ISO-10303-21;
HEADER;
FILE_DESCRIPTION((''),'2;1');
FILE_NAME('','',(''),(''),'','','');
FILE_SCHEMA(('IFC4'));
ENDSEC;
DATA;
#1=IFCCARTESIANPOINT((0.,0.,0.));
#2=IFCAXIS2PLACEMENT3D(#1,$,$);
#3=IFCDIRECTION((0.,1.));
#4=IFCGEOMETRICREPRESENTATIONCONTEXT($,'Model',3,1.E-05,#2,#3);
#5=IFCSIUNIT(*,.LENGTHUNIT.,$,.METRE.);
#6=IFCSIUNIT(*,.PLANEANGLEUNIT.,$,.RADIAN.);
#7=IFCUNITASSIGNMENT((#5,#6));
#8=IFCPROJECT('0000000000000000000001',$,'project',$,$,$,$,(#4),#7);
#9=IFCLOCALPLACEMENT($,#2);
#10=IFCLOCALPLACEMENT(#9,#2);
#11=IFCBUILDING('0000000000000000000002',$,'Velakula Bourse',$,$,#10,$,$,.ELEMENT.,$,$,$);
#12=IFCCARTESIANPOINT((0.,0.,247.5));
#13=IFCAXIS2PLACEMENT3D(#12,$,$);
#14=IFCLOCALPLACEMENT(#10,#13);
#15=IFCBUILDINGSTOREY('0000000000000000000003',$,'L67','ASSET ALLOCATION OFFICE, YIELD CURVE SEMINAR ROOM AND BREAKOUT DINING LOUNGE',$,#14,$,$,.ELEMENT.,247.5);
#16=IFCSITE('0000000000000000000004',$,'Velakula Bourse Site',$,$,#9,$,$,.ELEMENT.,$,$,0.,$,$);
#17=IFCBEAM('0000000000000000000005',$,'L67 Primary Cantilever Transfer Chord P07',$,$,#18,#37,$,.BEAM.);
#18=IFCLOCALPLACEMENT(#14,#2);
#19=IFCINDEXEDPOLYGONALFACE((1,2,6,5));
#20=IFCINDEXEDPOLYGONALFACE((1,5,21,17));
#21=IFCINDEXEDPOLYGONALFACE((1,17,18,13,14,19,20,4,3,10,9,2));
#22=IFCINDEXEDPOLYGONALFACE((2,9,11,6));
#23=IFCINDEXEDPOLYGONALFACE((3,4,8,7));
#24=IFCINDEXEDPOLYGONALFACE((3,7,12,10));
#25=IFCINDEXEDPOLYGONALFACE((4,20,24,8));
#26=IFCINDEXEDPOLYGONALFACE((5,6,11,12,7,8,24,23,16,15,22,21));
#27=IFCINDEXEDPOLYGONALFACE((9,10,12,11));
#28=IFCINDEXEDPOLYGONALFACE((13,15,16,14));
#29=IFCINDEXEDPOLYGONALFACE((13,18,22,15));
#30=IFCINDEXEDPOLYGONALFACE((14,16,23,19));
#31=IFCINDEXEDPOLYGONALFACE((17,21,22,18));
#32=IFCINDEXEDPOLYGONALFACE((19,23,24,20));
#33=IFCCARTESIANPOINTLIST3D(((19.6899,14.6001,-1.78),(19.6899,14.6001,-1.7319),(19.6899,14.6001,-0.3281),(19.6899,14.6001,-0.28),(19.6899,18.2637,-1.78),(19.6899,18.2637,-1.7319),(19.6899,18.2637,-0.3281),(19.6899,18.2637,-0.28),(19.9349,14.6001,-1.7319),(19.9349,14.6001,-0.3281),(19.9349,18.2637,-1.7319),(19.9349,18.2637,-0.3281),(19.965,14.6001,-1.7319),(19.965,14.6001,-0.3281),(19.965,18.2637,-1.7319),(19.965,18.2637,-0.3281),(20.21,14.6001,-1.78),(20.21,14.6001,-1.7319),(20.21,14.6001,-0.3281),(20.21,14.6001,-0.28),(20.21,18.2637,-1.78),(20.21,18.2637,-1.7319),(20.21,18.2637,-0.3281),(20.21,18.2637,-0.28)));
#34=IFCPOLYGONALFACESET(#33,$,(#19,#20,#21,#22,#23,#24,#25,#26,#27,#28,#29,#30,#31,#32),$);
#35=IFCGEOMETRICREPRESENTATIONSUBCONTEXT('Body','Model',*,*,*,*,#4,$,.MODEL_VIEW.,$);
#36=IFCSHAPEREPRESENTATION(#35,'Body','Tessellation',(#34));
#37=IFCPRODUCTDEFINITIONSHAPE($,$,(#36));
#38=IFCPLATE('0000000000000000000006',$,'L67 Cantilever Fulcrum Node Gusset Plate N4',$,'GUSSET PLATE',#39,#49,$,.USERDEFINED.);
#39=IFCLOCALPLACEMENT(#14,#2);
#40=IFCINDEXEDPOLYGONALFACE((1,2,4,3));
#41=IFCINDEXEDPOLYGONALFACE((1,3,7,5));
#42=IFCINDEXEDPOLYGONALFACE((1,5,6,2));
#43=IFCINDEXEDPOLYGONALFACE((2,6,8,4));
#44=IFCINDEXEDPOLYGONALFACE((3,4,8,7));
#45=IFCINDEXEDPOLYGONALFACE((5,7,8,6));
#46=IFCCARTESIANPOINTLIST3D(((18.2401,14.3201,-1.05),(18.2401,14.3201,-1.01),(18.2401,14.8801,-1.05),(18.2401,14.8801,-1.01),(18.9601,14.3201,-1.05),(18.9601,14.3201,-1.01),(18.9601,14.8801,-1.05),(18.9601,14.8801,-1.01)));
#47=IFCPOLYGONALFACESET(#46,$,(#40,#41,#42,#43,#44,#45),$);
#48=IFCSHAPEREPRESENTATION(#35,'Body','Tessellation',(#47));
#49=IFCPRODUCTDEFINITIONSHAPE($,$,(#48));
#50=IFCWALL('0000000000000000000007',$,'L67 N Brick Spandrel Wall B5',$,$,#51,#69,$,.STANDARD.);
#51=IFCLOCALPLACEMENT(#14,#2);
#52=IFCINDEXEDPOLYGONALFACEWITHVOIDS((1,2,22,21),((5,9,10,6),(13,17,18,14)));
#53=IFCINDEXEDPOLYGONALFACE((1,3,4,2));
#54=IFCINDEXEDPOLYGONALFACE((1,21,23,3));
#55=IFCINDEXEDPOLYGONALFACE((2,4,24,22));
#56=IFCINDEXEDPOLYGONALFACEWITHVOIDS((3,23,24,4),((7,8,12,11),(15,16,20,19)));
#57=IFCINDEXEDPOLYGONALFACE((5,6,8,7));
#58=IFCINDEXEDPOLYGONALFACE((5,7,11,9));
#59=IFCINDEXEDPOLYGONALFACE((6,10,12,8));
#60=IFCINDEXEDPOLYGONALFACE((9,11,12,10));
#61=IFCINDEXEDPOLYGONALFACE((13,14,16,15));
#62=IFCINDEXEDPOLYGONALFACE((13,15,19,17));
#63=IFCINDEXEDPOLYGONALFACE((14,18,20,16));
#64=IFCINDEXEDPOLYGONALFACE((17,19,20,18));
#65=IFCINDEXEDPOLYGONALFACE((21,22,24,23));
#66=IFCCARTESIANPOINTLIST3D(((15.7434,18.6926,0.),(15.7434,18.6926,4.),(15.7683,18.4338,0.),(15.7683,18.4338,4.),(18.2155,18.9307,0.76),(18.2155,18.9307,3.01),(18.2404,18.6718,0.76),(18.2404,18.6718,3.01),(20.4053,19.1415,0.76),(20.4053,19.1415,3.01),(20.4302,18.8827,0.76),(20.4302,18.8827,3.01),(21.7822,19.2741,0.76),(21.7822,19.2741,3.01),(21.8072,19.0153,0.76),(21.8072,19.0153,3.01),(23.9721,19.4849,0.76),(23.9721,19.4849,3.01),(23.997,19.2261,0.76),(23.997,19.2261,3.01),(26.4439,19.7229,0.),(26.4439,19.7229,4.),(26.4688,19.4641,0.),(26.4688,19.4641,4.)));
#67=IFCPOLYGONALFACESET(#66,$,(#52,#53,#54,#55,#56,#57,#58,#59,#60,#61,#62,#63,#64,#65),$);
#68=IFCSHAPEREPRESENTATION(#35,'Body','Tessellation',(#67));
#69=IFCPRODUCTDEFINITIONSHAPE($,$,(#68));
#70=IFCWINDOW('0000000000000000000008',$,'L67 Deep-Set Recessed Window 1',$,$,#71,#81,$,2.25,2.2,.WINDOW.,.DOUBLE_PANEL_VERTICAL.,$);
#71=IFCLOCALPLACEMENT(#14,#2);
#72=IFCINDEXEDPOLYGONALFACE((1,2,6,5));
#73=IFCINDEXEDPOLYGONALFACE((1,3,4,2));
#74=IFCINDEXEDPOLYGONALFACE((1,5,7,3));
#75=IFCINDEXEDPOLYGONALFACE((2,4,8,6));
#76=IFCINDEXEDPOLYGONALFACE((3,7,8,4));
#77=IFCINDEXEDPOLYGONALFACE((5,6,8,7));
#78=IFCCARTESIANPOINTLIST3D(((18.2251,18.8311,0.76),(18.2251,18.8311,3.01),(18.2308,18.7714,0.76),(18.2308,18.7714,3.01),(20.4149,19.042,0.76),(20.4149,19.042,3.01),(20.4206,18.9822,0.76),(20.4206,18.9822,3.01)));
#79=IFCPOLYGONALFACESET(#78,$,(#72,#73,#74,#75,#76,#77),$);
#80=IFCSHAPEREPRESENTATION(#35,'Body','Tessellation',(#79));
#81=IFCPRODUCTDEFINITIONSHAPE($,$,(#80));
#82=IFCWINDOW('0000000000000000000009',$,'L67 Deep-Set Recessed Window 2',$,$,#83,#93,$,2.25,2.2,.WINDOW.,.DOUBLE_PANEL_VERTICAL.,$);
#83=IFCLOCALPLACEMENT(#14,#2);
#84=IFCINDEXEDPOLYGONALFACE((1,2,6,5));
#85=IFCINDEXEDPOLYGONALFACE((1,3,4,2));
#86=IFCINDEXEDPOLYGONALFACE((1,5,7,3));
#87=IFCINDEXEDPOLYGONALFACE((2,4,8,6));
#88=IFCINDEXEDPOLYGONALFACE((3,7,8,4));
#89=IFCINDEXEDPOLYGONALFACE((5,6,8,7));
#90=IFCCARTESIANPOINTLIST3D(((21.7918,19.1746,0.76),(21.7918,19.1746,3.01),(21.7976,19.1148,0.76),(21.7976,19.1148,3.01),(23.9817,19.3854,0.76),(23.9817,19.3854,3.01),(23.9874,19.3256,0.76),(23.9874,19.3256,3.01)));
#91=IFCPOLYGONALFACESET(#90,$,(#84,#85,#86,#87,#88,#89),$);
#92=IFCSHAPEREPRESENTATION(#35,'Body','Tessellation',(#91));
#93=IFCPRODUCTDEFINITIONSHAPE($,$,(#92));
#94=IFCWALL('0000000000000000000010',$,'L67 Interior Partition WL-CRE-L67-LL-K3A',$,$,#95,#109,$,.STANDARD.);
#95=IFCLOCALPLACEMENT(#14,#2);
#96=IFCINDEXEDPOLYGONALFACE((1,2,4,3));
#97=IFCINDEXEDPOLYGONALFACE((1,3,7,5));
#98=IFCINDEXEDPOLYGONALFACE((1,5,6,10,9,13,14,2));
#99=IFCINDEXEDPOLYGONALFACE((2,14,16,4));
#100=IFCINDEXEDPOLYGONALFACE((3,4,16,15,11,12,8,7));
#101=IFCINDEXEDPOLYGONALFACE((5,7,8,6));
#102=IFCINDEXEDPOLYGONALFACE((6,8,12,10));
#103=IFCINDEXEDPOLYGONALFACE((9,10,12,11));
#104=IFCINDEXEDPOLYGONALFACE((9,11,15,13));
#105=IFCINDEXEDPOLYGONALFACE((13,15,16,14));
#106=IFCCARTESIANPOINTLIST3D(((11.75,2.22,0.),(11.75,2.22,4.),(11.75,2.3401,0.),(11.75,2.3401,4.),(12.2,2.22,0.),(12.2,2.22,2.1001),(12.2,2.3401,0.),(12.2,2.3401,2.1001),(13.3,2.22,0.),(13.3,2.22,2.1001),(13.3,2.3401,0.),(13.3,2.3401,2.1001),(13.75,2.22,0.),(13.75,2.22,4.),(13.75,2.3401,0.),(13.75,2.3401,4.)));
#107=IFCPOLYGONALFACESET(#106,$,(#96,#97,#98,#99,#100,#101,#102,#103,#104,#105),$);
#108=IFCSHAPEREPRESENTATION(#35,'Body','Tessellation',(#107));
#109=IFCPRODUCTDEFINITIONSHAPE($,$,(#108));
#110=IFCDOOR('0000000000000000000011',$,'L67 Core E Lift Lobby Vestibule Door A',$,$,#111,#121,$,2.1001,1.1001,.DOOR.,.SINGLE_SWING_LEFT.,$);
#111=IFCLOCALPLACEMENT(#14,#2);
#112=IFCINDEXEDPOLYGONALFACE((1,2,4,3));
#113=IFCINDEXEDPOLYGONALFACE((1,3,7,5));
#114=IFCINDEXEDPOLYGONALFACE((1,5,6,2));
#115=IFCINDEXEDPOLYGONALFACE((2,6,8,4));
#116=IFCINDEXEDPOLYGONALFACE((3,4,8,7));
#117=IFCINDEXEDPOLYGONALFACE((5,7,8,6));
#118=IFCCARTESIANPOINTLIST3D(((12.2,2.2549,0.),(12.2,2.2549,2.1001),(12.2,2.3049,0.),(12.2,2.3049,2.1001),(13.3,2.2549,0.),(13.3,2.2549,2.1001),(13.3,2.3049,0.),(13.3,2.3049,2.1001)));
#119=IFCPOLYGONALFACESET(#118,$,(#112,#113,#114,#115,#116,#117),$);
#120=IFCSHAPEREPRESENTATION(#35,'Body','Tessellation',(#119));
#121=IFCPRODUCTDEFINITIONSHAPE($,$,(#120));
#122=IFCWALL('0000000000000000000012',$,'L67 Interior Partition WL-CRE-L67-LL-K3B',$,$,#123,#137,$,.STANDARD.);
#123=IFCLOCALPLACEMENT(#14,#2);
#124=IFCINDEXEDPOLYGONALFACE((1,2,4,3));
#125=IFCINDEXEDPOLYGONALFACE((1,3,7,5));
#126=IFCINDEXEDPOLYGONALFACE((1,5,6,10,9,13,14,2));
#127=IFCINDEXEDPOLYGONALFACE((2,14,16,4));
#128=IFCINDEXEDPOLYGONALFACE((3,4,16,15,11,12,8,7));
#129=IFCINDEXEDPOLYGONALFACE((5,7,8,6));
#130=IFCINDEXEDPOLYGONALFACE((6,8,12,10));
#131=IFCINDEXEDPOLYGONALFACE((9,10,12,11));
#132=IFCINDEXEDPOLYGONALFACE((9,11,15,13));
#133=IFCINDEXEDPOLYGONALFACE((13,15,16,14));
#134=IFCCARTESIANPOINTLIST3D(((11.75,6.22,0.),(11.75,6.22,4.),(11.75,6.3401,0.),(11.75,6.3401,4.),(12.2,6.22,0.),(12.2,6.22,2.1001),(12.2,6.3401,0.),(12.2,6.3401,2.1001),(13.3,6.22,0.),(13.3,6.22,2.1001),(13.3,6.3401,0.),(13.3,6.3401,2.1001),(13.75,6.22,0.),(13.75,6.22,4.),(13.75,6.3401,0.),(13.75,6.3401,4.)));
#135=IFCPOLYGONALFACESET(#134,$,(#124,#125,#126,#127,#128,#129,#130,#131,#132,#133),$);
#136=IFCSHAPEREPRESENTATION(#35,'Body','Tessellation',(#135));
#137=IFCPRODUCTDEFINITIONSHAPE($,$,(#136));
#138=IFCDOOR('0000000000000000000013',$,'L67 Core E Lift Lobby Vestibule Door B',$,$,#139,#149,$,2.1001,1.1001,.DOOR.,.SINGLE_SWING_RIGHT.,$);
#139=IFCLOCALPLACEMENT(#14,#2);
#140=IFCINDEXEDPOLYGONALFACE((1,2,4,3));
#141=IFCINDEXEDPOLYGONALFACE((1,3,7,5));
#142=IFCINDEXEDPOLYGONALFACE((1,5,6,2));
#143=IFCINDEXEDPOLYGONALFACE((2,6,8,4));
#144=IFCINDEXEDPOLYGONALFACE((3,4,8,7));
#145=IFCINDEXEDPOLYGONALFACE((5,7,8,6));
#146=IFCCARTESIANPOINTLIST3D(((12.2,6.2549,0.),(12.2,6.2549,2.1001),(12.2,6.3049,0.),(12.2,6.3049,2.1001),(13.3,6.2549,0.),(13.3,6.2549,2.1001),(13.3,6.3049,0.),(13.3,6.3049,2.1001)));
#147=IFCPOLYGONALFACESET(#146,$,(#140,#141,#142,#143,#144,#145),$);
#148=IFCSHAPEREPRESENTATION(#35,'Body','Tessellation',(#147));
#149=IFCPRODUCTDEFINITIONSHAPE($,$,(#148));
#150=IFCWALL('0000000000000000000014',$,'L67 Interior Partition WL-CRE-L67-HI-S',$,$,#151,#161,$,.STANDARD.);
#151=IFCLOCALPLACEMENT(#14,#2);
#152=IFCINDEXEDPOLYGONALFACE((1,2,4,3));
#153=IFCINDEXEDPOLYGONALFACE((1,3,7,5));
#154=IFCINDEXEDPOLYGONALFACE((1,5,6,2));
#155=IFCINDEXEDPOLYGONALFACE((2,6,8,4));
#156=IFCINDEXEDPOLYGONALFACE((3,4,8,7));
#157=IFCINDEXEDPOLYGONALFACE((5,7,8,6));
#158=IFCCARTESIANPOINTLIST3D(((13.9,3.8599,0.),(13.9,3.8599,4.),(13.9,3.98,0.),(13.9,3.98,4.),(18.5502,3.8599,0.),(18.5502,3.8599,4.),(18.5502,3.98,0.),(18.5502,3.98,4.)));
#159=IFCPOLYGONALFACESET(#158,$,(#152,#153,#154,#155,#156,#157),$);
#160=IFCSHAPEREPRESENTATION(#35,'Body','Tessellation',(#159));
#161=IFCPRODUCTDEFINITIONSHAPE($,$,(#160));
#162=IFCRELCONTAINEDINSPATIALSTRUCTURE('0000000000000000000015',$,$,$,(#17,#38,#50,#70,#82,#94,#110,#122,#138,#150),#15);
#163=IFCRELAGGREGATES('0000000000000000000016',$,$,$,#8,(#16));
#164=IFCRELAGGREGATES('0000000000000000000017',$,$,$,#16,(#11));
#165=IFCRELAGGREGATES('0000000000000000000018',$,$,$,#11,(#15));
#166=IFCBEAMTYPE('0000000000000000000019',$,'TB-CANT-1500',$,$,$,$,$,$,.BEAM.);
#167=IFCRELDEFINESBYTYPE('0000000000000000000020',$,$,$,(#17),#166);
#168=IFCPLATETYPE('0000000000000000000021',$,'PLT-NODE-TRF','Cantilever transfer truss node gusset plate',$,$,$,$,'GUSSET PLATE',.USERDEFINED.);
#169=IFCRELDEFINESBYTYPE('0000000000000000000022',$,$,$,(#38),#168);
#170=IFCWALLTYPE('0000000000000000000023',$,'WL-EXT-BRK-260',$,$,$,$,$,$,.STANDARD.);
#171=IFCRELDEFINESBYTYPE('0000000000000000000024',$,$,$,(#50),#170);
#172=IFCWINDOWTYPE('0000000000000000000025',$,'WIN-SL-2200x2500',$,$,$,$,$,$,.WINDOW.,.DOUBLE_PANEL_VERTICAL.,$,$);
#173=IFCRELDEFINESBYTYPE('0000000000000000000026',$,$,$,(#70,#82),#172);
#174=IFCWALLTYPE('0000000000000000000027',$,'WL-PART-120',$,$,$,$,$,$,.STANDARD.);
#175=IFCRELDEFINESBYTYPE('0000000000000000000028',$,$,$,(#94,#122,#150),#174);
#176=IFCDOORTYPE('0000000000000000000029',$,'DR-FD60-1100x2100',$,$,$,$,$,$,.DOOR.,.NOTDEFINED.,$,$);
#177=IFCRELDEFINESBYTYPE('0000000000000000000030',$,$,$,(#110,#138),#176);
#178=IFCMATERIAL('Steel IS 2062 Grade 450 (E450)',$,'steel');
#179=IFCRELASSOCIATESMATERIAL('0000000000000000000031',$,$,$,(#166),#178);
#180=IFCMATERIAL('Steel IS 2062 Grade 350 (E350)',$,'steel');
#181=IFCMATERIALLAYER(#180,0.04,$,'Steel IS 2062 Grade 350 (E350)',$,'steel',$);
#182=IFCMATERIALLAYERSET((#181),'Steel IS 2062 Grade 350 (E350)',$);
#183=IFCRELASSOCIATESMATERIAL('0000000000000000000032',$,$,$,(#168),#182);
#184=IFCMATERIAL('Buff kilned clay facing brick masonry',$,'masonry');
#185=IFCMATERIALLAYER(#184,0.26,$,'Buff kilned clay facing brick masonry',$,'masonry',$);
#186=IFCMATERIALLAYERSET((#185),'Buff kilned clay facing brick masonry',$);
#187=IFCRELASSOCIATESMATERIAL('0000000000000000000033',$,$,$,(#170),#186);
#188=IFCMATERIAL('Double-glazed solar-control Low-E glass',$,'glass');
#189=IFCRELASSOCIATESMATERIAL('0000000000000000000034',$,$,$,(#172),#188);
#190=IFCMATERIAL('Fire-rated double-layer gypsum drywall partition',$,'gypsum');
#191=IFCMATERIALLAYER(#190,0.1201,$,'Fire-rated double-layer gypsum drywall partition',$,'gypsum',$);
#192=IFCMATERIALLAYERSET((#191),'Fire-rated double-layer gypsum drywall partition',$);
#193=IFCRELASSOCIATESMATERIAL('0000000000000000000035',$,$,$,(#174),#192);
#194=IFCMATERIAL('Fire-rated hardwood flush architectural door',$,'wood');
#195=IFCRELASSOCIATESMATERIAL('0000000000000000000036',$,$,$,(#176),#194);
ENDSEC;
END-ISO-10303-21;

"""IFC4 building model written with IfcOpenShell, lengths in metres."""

from ifc_helpers import new_model, si_unit, direction, frame, frame_2d, origin, origin_2d, place, context, subcontext, project, spatial, rectangle, i_section, extrude, material, layer, layer_set, material_profile, profile_set, type_object, element, fill, save


model = new_model("IFC4")

# Units and contexts
model_context = context("Model", 3, precision=1e-05, world=origin(), true_north=direction((0.0, 1.0)))
body_context = subcontext(model_context, "Body", "Model", "MODEL_VIEW")
ifc_project = project(units=[si_unit("LENGTHUNIT", "METRE"), si_unit("PLANEANGLEUNIT", "RADIAN")], contexts=[model_context])

# Site, building, storey
site_placement = place(None, origin())
site = spatial("IfcSite", under=ifc_project, at=site_placement, Name="Velakula Bourse Site", CompositionType="ELEMENT", RefElevation=0.0)
building_placement = place(site_placement, origin())
building = spatial("IfcBuilding", under=site, at=building_placement, Name="Velakula Bourse", CompositionType="ELEMENT")
storey_placement = place(building_placement, frame((0.0, 0.0, 247.5)))
storey = spatial("IfcBuildingStorey", under=building, at=storey_placement, Name="L67", Description="ASSET ALLOCATION OFFICE, YIELD CURVE SEMINAR ROOM AND BREAKOUT DINING LOUNGE", CompositionType="ELEMENT", Elevation=247.5)

# Shared definitions
ifc_material_1 = material(Name="Steel IS 2062 Grade 350 (E350)", Category="steel")

# Beam
ifc_material_2 = material(Name="Steel IS 2062 Grade 450 (E450)", Category="steel")
ifc_material_profile_1 = material_profile(ifc_material_2, i_section(OverallWidth=0.52, OverallDepth=1.5, WebThickness=0.03, FlangeThickness=0.0481, at=origin_2d()), Name="Steel IS 2062 Grade 450 (E450)")
ifc_profile_set_1 = profile_set([ifc_material_profile_1], Name="Steel IS 2062 Grade 450 (E450)")
beam_type_1 = type_object("IfcBeamType", Name="TB-CANT-1500", PredefinedType="BEAM", material=ifc_profile_set_1)
beam_1_placement = place(storey_placement, frame((19.95, 14.6001, -1.03), z_axis=(0.0, 1.0, 0.0), x_axis=(-1.0, 0.0, 0.0)))
element("IfcBeam", 1, at=beam_1_placement, inside=storey, type_object=beam_type_1, Name="L67 Primary Cantilever Transfer Chord P07", PredefinedType="BEAM", context=body_context, shape_type="SweptSolid", body=[
    extrude(i_section(OverallWidth=0.52, OverallDepth=1.5, WebThickness=0.03, FlangeThickness=0.0481, at=origin_2d()), origin(), (0.0, 0.0, 1.0), 3.6636),
])

# Plate
ifc_layer_1 = layer(ifc_material_1, 0.04, Name="Steel IS 2062 Grade 350 (E350)", Category="steel")
ifc_layer_set_1 = layer_set([ifc_layer_1], Name="Steel IS 2062 Grade 350 (E350)")
plate_type = type_object("IfcPlateType", Name="PLT-NODE-TRF", Description="Cantilever transfer truss node gusset plate", ElementType="GUSSET PLATE", PredefinedType="USERDEFINED", material=ifc_layer_set_1)
plate_placement = place(storey_placement, frame((18.6001, 14.6001, -1.05), z_axis=(0.0, 0.0, 1.0), x_axis=(0.0, 1.0, 0.0)))
element("IfcPlate", 2, at=plate_placement, inside=storey, type_object=plate_type, Name="L67 Cantilever Fulcrum Node Gusset Plate N4", ObjectType="GUSSET PLATE", PredefinedType="USERDEFINED", context=body_context, shape_type="SweptSolid", body=[
    extrude(rectangle(XDim=0.5601, YDim=0.72, at=origin_2d()), origin(), (0.0, 0.0, 1.0), 0.04),
])

# Wall, openings, windows
ifc_material_3 = material(Name="Buff kilned clay facing brick masonry", Category="masonry")
ifc_layer_2 = layer(ifc_material_3, 0.26, Name="Buff kilned clay facing brick masonry", Category="masonry")
ifc_layer_set_2 = layer_set([ifc_layer_2], Name="Buff kilned clay facing brick masonry")
wall_type_1 = type_object("IfcWallType", Name="WL-EXT-BRK-260", PredefinedType="STANDARD", material=ifc_layer_set_2)
wall_1_placement = place(storey_placement, frame((15.7559, 18.5632, 0.0), z_axis=(0.0, 0.0, 1.0), x_axis=(0.995397, 0.09584, 0.0)))
wall_1 = element("IfcWall", 3, at=wall_1_placement, inside=storey, type_object=wall_type_1, Name="L67 N Brick Spandrel Wall B5", PredefinedType="STANDARD", context=body_context, shape_type="SweptSolid", body=[
    extrude(rectangle(XDim=10.75, YDim=0.26, at=frame_2d((5.375, 0.0))), origin(), (0.0, 0.0, 1.0), 4.0),
])
opening_1_placement = place(wall_1_placement, frame((2.4834, 0.0, 0.76)))
opening_1 = element("IfcOpeningElement", 4, at=opening_1_placement, cuts=wall_1, PredefinedType="OPENING", context=body_context, shape_type="SweptSolid", body=[
    extrude(rectangle(XDim=2.2, YDim=2.25, at=frame_2d((1.1001, 1.125))), frame((0.0, 0.1399, 0.0), z_axis=(0.0, -1.0, 0.0), x_axis=(1.0, 0.0, 0.0)), (0.0, 0.0, 1.0), 0.28),
])
opening_2_placement = place(wall_1_placement, frame((6.0667, 0.0, 0.76)))
opening_2 = element("IfcOpeningElement", 5, at=opening_2_placement, cuts=wall_1, PredefinedType="OPENING", context=body_context, shape_type="SweptSolid", body=[
    extrude(rectangle(XDim=2.2, YDim=2.25, at=frame_2d((1.1001, 1.125))), frame((0.0, 0.1399, 0.0), z_axis=(0.0, -1.0, 0.0), x_axis=(1.0, 0.0, 0.0)), (0.0, 0.0, 1.0), 0.28),
])
ifc_material_4 = material(Name="Double-glazed solar-control Low-E glass", Category="glass")
window_type = type_object("IfcWindowType", Name="WIN-SL-2200x2500", PartitioningType="DOUBLE_PANEL_VERTICAL", PredefinedType="WINDOW", material=ifc_material_4)
window_1_placement = place(opening_1_placement, origin())
window_1 = element("IfcWindow", 6, at=window_1_placement, inside=storey, type_object=window_type, Name="L67 Deep-Set Recessed Window 1", OverallHeight=2.25, OverallWidth=2.2, PartitioningType="DOUBLE_PANEL_VERTICAL", PredefinedType="WINDOW", context=body_context, shape_type="SweptSolid", body=[
    extrude(rectangle(XDim=2.2, YDim=2.25, at=frame_2d((1.1001, 1.125))), frame((0.0, 0.03, 0.0), z_axis=(0.0, -1.0, 0.0), x_axis=(1.0, 0.0, 0.0)), (0.0, 0.0, 1.0), 0.0601),
])
fill(opening_1, window_1)
window_2_placement = place(opening_2_placement, origin())
window_2 = element("IfcWindow", 7, at=window_2_placement, inside=storey, type_object=window_type, Name="L67 Deep-Set Recessed Window 2", OverallHeight=2.25, OverallWidth=2.2, PartitioningType="DOUBLE_PANEL_VERTICAL", PredefinedType="WINDOW", context=body_context, shape_type="SweptSolid", body=[
    extrude(rectangle(XDim=2.2, YDim=2.25, at=frame_2d((1.1001, 1.125))), frame((0.0, 0.03, 0.0), z_axis=(0.0, -1.0, 0.0), x_axis=(1.0, 0.0, 0.0)), (0.0, 0.0, 1.0), 0.0601),
])
fill(opening_2, window_2)

# Walls, openings, doors
ifc_material_5 = material(Name="Fire-rated double-layer gypsum drywall partition", Category="gypsum")
ifc_layer_3 = layer(ifc_material_5, 0.1201, Name="Fire-rated double-layer gypsum drywall partition", Category="gypsum")
ifc_layer_set_3 = layer_set([ifc_layer_3], Name="Fire-rated double-layer gypsum drywall partition")
wall_type_2 = type_object("IfcWallType", Name="WL-PART-120", PredefinedType="STANDARD", material=ifc_layer_set_3)
wall_2_placement = place(storey_placement, frame((11.75, 2.28, 0.0), z_axis=(0.0, 0.0, 1.0), x_axis=(1.0, 0.0, 0.0)))
wall_2 = element("IfcWall", 8, at=wall_2_placement, inside=storey, type_object=wall_type_2, Name="L67 Interior Partition WL-CRE-L67-LL-K3A", PredefinedType="STANDARD", context=body_context, shape_type="SweptSolid", body=[
    extrude(rectangle(XDim=2.0, YDim=0.1201, at=frame_2d((1.0, 0.0))), origin(), (0.0, 0.0, 1.0), 4.0),
])
opening_3_placement = place(wall_2_placement, frame((0.45, 0.0, 0.0)))
opening_3 = element("IfcOpeningElement", 9, at=opening_3_placement, cuts=wall_2, PredefinedType="OPENING", context=body_context, shape_type="SweptSolid", body=[
    extrude(rectangle(XDim=1.1001, YDim=2.1001, at=frame_2d((0.55, 1.05))), frame((0.0, 0.0701, 0.0), z_axis=(0.0, -1.0, 0.0), x_axis=(1.0, 0.0, 0.0)), (0.0, 0.0, 1.0), 0.1401),
])
ifc_material_6 = material(Name="Fire-rated hardwood flush architectural door", Category="wood")
door_type_1 = type_object("IfcDoorType", Name="DR-FD60-1100x2100", OperationType="NOTDEFINED", PredefinedType="DOOR", material=ifc_material_6)
door_1_placement = place(opening_3_placement, origin())
door_1 = element("IfcDoor", 10, at=door_1_placement, inside=storey, type_object=door_type_1, Name="L67 Core E Lift Lobby Vestibule Door A", OperationType="SINGLE_SWING_LEFT", OverallHeight=2.1001, OverallWidth=1.1001, PredefinedType="DOOR", context=body_context, shape_type="SweptSolid", body=[
    extrude(rectangle(XDim=1.1001, YDim=2.1001, at=frame_2d((0.55, 1.05))), frame((0.0, 0.0249, 0.0), z_axis=(0.0, -1.0, 0.0), x_axis=(1.0, 0.0, 0.0)), (0.0, 0.0, 1.0), 0.05),
])
fill(opening_3, door_1)
wall_3_placement = place(storey_placement, frame((11.75, 6.28, 0.0), z_axis=(0.0, 0.0, 1.0), x_axis=(1.0, 0.0, 0.0)))
wall_3 = element("IfcWall", 11, at=wall_3_placement, inside=storey, type_object=wall_type_2, Name="L67 Interior Partition WL-CRE-L67-LL-K3B", PredefinedType="STANDARD", context=body_context, shape_type="SweptSolid", body=[
    extrude(rectangle(XDim=2.0, YDim=0.1201, at=frame_2d((1.0, 0.0))), origin(), (0.0, 0.0, 1.0), 4.0),
])
opening_4_placement = place(wall_3_placement, frame((0.45, 0.0, 0.0)))
opening_4 = element("IfcOpeningElement", 12, at=opening_4_placement, cuts=wall_3, PredefinedType="OPENING", context=body_context, shape_type="SweptSolid", body=[
    extrude(rectangle(XDim=1.1001, YDim=2.1001, at=frame_2d((0.55, 1.05))), frame((0.0, 0.0701, 0.0), z_axis=(0.0, -1.0, 0.0), x_axis=(1.0, 0.0, 0.0)), (0.0, 0.0, 1.0), 0.1401),
])
door_2_placement = place(opening_4_placement, origin())
door_2 = element("IfcDoor", 13, at=door_2_placement, inside=storey, type_object=door_type_1, Name="L67 Core E Lift Lobby Vestibule Door B", OperationType="SINGLE_SWING_RIGHT", OverallHeight=2.1001, OverallWidth=1.1001, PredefinedType="DOOR", context=body_context, shape_type="SweptSolid", body=[
    extrude(rectangle(XDim=1.1001, YDim=2.1001, at=frame_2d((0.55, 1.05))), frame((0.0, 0.0249, 0.0), z_axis=(0.0, -1.0, 0.0), x_axis=(1.0, 0.0, 0.0)), (0.0, 0.0, 1.0), 0.05),
])
fill(opening_4, door_2)

# Wall
wall_4_placement = place(storey_placement, frame((13.8999, 3.9199, 0.0), z_axis=(0.0, 0.0, 1.0), x_axis=(1.0, 0.0, 0.0)))
element("IfcWall", 14, at=wall_4_placement, inside=storey, type_object=wall_type_2, Name="L67 Interior Partition WL-CRE-L67-HI-S", PredefinedType="STANDARD", context=body_context, shape_type="SweptSolid", body=[
    extrude(rectangle(XDim=4.6501, YDim=0.1201, at=frame_2d((2.3252, 0.0))), origin(), (0.0, 0.0, 1.0), 4.0),
])

save(model, "model.ifc")
